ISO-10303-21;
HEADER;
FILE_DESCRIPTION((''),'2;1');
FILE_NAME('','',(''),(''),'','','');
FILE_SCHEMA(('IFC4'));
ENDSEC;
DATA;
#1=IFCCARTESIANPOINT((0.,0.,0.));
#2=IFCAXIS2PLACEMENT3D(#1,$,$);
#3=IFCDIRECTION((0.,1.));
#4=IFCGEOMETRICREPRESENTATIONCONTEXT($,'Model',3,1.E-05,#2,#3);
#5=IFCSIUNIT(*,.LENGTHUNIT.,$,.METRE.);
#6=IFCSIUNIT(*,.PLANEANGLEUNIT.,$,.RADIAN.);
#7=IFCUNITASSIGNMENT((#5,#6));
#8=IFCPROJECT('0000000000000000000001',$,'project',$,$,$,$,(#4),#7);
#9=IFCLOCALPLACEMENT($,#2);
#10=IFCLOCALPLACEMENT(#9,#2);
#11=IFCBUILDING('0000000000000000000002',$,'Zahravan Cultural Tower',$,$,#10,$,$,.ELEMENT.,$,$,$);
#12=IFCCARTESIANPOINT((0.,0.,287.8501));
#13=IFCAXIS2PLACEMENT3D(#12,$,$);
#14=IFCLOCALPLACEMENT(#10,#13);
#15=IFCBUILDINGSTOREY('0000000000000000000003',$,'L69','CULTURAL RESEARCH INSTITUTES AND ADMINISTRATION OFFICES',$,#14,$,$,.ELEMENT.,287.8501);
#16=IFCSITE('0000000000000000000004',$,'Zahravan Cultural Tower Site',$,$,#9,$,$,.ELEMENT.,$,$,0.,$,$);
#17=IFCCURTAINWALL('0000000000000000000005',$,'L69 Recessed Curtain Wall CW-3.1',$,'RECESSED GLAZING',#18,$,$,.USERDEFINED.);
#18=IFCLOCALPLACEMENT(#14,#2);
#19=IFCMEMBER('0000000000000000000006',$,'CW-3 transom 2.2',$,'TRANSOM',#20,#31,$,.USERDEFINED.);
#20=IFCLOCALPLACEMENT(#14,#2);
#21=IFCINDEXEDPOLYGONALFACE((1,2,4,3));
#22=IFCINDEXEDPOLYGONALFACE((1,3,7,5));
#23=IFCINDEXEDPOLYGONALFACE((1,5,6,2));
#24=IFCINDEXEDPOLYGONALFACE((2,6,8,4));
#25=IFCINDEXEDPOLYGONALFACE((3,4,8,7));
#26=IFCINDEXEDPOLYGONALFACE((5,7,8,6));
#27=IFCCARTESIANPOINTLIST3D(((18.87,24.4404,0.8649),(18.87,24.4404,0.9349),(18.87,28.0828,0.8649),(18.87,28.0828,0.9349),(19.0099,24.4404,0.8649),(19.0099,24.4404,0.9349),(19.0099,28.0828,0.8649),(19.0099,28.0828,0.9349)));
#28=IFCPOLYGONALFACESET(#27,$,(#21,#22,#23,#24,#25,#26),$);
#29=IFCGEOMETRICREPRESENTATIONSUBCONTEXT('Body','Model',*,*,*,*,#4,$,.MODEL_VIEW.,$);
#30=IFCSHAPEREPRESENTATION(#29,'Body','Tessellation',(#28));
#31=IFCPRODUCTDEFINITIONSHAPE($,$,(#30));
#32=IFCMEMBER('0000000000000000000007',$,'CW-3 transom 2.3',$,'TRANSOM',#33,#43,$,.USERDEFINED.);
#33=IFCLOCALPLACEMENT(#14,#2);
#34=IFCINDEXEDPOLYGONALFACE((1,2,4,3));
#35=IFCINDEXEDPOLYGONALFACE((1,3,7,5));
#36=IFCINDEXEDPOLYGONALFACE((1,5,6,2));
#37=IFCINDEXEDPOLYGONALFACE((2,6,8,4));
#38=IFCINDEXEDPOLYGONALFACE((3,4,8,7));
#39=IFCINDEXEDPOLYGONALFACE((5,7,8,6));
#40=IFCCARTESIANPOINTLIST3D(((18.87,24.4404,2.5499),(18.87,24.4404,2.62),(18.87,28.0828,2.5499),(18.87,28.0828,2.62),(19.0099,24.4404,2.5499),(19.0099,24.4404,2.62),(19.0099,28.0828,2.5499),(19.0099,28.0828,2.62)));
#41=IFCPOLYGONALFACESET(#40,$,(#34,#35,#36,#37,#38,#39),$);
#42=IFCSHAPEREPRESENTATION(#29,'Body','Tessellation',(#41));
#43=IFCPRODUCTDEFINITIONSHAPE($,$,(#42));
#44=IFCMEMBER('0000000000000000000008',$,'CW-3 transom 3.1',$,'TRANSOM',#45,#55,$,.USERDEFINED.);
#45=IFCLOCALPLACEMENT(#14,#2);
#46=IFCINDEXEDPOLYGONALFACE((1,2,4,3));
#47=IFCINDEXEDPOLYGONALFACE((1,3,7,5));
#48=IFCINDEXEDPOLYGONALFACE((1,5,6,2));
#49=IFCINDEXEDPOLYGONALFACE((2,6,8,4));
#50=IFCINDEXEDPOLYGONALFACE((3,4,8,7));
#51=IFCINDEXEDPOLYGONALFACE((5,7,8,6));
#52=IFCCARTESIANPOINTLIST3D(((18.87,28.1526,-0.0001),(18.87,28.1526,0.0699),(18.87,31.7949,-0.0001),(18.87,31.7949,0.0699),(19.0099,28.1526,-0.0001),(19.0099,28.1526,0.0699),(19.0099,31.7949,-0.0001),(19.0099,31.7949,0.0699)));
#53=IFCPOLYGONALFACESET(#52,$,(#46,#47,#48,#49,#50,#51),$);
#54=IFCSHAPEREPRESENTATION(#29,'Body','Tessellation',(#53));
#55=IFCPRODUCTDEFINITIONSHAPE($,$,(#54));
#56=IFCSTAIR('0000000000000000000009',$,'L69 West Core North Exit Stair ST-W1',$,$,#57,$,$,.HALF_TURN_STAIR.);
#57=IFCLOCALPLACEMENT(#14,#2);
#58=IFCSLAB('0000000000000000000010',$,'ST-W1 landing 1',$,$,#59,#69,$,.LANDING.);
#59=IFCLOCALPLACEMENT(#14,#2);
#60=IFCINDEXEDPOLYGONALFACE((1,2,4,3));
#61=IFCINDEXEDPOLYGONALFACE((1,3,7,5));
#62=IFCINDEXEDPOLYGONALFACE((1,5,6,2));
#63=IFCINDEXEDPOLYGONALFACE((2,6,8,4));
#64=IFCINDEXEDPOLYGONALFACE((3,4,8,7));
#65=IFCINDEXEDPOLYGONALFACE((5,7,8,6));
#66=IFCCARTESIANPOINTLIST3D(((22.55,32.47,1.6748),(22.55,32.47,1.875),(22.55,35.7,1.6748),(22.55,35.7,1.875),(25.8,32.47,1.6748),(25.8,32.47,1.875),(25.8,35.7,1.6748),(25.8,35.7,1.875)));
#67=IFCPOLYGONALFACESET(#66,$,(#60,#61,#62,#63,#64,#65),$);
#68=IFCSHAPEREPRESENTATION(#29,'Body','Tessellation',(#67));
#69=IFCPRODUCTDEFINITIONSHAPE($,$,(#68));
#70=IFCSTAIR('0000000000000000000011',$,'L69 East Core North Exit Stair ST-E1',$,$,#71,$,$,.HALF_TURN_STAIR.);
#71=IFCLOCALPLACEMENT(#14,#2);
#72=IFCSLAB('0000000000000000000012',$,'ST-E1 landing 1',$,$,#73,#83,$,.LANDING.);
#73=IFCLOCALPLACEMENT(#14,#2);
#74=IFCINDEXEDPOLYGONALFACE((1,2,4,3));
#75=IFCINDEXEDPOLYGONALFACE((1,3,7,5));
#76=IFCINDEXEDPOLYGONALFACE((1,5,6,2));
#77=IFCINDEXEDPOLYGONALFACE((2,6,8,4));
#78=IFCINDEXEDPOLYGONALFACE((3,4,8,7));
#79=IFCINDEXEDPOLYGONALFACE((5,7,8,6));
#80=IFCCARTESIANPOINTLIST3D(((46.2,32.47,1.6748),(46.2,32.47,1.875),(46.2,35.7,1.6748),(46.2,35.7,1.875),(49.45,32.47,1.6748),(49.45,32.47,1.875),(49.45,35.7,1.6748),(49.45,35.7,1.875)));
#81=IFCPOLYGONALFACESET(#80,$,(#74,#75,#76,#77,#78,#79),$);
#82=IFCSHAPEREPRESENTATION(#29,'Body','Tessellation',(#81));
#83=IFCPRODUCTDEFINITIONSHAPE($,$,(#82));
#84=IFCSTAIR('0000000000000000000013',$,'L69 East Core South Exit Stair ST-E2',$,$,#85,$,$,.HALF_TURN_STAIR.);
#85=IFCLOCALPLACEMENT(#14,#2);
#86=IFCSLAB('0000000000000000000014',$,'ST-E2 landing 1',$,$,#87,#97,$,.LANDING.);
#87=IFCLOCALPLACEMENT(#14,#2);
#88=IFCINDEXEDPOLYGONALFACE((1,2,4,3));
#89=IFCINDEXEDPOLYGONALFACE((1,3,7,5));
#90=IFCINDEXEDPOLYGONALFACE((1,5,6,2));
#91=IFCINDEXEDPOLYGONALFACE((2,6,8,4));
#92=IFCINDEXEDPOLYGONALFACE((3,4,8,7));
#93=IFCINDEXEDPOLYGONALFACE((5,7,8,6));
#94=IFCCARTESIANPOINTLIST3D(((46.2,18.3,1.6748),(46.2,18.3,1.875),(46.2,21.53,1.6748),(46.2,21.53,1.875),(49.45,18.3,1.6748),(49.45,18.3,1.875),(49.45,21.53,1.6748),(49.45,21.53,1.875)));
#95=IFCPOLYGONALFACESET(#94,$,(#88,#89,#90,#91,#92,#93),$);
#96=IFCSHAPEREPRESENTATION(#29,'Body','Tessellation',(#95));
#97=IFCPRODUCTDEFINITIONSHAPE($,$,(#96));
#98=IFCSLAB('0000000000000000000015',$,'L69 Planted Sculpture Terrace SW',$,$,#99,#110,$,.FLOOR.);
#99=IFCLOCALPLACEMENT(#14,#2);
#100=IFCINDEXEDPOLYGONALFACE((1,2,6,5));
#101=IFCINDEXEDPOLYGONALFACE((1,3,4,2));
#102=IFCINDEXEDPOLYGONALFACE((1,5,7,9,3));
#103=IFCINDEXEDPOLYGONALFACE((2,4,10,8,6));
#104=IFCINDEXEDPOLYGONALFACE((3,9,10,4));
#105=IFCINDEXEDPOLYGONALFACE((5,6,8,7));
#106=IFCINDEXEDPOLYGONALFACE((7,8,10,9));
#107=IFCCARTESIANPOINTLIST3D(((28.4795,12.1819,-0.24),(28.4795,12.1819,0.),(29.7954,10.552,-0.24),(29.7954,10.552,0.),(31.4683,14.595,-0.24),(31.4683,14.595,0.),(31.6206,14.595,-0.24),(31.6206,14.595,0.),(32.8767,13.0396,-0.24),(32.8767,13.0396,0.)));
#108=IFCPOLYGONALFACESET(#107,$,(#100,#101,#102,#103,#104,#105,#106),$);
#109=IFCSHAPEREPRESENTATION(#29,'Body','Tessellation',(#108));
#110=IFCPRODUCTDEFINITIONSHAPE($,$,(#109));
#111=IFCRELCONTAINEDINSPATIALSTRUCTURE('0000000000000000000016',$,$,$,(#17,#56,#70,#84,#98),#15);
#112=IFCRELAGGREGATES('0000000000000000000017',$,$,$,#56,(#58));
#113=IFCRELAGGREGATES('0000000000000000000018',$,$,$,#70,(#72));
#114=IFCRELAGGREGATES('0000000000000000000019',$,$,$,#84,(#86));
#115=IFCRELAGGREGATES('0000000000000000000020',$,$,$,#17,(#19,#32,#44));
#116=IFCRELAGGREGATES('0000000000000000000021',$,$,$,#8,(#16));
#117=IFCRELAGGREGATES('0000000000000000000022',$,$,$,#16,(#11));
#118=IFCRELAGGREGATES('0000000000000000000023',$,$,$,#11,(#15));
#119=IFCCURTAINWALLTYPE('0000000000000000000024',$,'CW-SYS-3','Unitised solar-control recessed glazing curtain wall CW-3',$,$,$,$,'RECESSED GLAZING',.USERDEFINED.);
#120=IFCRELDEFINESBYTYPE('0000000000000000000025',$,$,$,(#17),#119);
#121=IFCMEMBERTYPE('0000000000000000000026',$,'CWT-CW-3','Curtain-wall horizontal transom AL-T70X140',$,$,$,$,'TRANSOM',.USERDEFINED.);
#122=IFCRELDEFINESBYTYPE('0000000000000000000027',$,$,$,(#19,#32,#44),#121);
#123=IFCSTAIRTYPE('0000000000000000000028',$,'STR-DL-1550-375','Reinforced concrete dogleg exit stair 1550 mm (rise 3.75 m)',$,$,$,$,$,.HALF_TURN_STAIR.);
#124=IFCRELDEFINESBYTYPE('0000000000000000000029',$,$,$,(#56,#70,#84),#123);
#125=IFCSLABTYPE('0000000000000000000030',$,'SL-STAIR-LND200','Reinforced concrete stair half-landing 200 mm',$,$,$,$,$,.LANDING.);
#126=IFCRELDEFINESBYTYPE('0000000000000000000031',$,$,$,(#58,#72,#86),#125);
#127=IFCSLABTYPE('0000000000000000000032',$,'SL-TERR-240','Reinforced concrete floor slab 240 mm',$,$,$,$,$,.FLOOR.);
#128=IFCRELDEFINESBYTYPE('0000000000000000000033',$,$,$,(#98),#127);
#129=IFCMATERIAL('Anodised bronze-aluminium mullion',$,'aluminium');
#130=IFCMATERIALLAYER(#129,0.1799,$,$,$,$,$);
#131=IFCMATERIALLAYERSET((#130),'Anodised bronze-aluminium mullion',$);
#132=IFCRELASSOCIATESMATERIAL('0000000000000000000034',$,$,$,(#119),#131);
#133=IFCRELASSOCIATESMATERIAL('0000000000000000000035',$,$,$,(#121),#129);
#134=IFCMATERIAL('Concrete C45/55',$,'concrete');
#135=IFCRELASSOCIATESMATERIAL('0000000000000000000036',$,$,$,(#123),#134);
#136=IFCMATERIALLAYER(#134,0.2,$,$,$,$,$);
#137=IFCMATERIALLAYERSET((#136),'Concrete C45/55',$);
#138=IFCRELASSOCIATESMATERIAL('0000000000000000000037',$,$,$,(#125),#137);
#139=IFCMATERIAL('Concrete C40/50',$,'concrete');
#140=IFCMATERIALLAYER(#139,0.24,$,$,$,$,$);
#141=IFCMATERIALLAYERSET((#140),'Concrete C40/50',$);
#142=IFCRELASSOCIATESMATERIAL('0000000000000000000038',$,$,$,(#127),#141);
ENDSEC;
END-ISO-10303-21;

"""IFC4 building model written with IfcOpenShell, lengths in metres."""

from ifc_helpers import new_model, si_unit, direction, frame, origin, origin_2d, place, context, subcontext, project, spatial, polyline, rectangle, outline, extrude, source, transform, mapped, material, layer, layer_set, material_profile, profile_set, type_object, element, aggregate, save


model = new_model("IFC4")

# Units and contexts
model_context = context("Model", 3, precision=1e-05, world=origin(), true_north=direction((0.0, 1.0)))
body_context = subcontext(model_context, "Body", "Model", "MODEL_VIEW")
ifc_project = project(units=[si_unit("LENGTHUNIT", "METRE"), si_unit("PLANEANGLEUNIT", "RADIAN")], contexts=[model_context])

# Site, building, storey
site_placement = place(None, origin())
site = spatial("IfcSite", under=ifc_project, at=site_placement, Name="Zahravan Cultural Tower Site", CompositionType="ELEMENT", RefElevation=0.0)
building_placement = place(site_placement, origin())
building = spatial("IfcBuilding", under=site, at=building_placement, Name="Zahravan Cultural Tower", CompositionType="ELEMENT")
storey_placement = place(building_placement, frame((0.0, 0.0, 287.8501)))
storey = spatial("IfcBuildingStorey", under=building, at=storey_placement, Name="L69", Description="CULTURAL RESEARCH INSTITUTES AND ADMINISTRATION OFFICES", CompositionType="ELEMENT", Elevation=287.8501)

# Curtain wall, members
ifc_material_1 = material(Name="Anodised bronze-aluminium mullion", Category="aluminium")
ifc_layer_1 = layer(ifc_material_1, 0.1799)
ifc_layer_set_1 = layer_set([ifc_layer_1], Name="Anodised bronze-aluminium mullion")
curtain_wall_type = type_object("IfcCurtainWallType", Name="CW-SYS-3", Description="Unitised solar-control recessed glazing curtain wall CW-3", ElementType="RECESSED GLAZING", PredefinedType="USERDEFINED", material=ifc_layer_set_1)
curtain_wall_placement = place(storey_placement, origin())
curtain_wall = element("IfcCurtainWall", 1, at=curtain_wall_placement, inside=storey, type_object=curtain_wall_type, Name="L69 Recessed Curtain Wall CW-3.1", ObjectType="RECESSED GLAZING", PredefinedType="USERDEFINED")
ifc_material_profile_1 = material_profile(ifc_material_1, rectangle(XDim=0.1399, YDim=0.0701, at=origin_2d()), Name="AL-T70X140")
ifc_profile_set_1 = profile_set([ifc_material_profile_1], Name="Anodised bronze-aluminium mullion")
member_type_1 = type_object("IfcMemberType", Name="CWT-CW-3", Description="Curtain-wall horizontal transom AL-T70X140", ElementType="TRANSOM", PredefinedType="USERDEFINED", material=ifc_profile_set_1)
shared_shape_1 = source(origin(), body_context, "Body", "SweptSolid", [
    extrude(rectangle(XDim=0.1399, YDim=0.0701, at=origin_2d()), origin(), (0.0, 0.0, 1.0), 3.6423),
])
member_1_placement = place(storey_placement, frame((18.9399, 24.4404, 0.8999), z_axis=(0.0, 1.0, 0.0), x_axis=(-1.0, 0.0, 0.0)))
member_1 = element("IfcMember", 2, at=member_1_placement, type_object=member_type_1, Name="CW-3 transom 2.2", ObjectType="TRANSOM", PredefinedType="USERDEFINED", context=body_context, shape_type="MappedRepresentation", body=[
    mapped(shared_shape_1, transform((0.0, 0.0, 0.0), x_axis=(1.0, 0.0, 0.0), y_axis=(0.0, 1.0, 0.0), z_axis=(0.0, 0.0, 1.0), scale=1.0)),
])
member_2_placement = place(storey_placement, frame((18.9399, 24.4404, 2.585), z_axis=(0.0, 1.0, 0.0), x_axis=(-1.0, 0.0, 0.0)))
member_2 = element("IfcMember", 3, at=member_2_placement, type_object=member_type_1, Name="CW-3 transom 2.3", ObjectType="TRANSOM", PredefinedType="USERDEFINED", context=body_context, shape_type="MappedRepresentation", body=[
    mapped(shared_shape_1, transform((0.0, 0.0, 0.0), x_axis=(1.0, 0.0, 0.0), y_axis=(0.0, 1.0, 0.0), z_axis=(0.0, 0.0, 1.0), scale=1.0)),
])
member_3_placement = place(storey_placement, frame((18.9399, 28.1526, 0.0349), z_axis=(0.0, 1.0, 0.0), x_axis=(-1.0, 0.0, 0.0)))
member_3 = element("IfcMember", 4, at=member_3_placement, type_object=member_type_1, Name="CW-3 transom 3.1", ObjectType="TRANSOM", PredefinedType="USERDEFINED", context=body_context, shape_type="MappedRepresentation", body=[
    mapped(shared_shape_1, transform((0.0, 0.0, 0.0), x_axis=(1.0, 0.0, 0.0), y_axis=(0.0, 1.0, 0.0), z_axis=(0.0, 0.0, 1.0), scale=1.0)),
])

# Stairs, slabs
ifc_material_2 = material(Name="Concrete C45/55", Category="concrete")
stair_type = type_object("IfcStairType", Name="STR-DL-1550-375", Description="Reinforced concrete dogleg exit stair 1550 mm (rise 3.75 m)", PredefinedType="HALF_TURN_STAIR", material=ifc_material_2)
stair_1_placement = place(storey_placement, origin())
stair_1 = element("IfcStair", 5, at=stair_1_placement, inside=storey, type_object=stair_type, Name="L69 West Core North Exit Stair ST-W1", PredefinedType="HALF_TURN_STAIR")
ifc_layer_2 = layer(ifc_material_2, 0.2)
ifc_layer_set_2 = layer_set([ifc_layer_2], Name="Concrete C45/55")
slab_type_1 = type_object("IfcSlabType", Name="SL-STAIR-LND200", Description="Reinforced concrete stair half-landing 200 mm", PredefinedType="LANDING", material=ifc_layer_set_2)
slab_1_placement = place(storey_placement, frame((0.0, 0.0, 1.6748)))
slab_1 = element("IfcSlab", 6, at=slab_1_placement, type_object=slab_type_1, Name="ST-W1 landing 1", PredefinedType="LANDING", context=body_context, shape_type="SweptSolid", body=[
    extrude(outline(polyline([(25.8, 32.47), (25.8, 35.7), (22.55, 35.7), (22.55, 32.47), (25.8, 32.47)])), origin(), (0.0, 0.0, 1.0), 0.2002),
])
aggregate(stair_1, [slab_1])
stair_2_placement = place(storey_placement, origin())
stair_2 = element("IfcStair", 7, at=stair_2_placement, inside=storey, type_object=stair_type, Name="L69 East Core North Exit Stair ST-E1", PredefinedType="HALF_TURN_STAIR")
slab_2_placement = place(storey_placement, frame((0.0, 0.0, 1.6748)))
slab_2 = element("IfcSlab", 8, at=slab_2_placement, type_object=slab_type_1, Name="ST-E1 landing 1", PredefinedType="LANDING", context=body_context, shape_type="SweptSolid", body=[
    extrude(outline(polyline([(49.45, 32.47), (49.45, 35.7), (46.2, 35.7), (46.2, 32.47), (49.45, 32.47)])), origin(), (0.0, 0.0, 1.0), 0.2002),
])
aggregate(stair_2, [slab_2])
stair_3_placement = place(storey_placement, origin())
stair_3 = element("IfcStair", 9, at=stair_3_placement, inside=storey, type_object=stair_type, Name="L69 East Core South Exit Stair ST-E2", PredefinedType="HALF_TURN_STAIR")
slab_3_placement = place(storey_placement, frame((0.0, 0.0, 1.6748)))
slab_3 = element("IfcSlab", 10, at=slab_3_placement, type_object=slab_type_1, Name="ST-E2 landing 1", PredefinedType="LANDING", context=body_context, shape_type="SweptSolid", body=[
    extrude(outline(polyline([(46.2, 21.53), (46.2, 18.3), (49.45, 18.3), (49.45, 21.53), (46.2, 21.53)])), origin(), (0.0, 0.0, 1.0), 0.2002),
])
aggregate(stair_3, [slab_3])

# Slab
ifc_material_3 = material(Name="Concrete C40/50", Category="concrete")
ifc_layer_3 = layer(ifc_material_3, 0.24)
ifc_layer_set_3 = layer_set([ifc_layer_3], Name="Concrete C40/50")
slab_type_2 = type_object("IfcSlabType", Name="SL-TERR-240", Description="Reinforced concrete floor slab 240 mm", PredefinedType="FLOOR", material=ifc_layer_set_3)
slab_4_placement = place(storey_placement, frame((0.0, 0.0, -0.24)))
element("IfcSlab", 11, at=slab_4_placement, inside=storey, type_object=slab_type_2, Name="L69 Planted Sculpture Terrace SW", PredefinedType="FLOOR", context=body_context, shape_type="SweptSolid", body=[
    extrude(outline(polyline([(32.8767, 13.0396), (31.6206, 14.595), (31.4683, 14.595), (28.4795, 12.1819), (29.7954, 10.552), (32.8767, 13.0396)])), origin(), (0.0, 0.0, 1.0), 0.24),
])

aggregate(curtain_wall, [member_1, member_2, member_3])

save(model, "model.ifc")
